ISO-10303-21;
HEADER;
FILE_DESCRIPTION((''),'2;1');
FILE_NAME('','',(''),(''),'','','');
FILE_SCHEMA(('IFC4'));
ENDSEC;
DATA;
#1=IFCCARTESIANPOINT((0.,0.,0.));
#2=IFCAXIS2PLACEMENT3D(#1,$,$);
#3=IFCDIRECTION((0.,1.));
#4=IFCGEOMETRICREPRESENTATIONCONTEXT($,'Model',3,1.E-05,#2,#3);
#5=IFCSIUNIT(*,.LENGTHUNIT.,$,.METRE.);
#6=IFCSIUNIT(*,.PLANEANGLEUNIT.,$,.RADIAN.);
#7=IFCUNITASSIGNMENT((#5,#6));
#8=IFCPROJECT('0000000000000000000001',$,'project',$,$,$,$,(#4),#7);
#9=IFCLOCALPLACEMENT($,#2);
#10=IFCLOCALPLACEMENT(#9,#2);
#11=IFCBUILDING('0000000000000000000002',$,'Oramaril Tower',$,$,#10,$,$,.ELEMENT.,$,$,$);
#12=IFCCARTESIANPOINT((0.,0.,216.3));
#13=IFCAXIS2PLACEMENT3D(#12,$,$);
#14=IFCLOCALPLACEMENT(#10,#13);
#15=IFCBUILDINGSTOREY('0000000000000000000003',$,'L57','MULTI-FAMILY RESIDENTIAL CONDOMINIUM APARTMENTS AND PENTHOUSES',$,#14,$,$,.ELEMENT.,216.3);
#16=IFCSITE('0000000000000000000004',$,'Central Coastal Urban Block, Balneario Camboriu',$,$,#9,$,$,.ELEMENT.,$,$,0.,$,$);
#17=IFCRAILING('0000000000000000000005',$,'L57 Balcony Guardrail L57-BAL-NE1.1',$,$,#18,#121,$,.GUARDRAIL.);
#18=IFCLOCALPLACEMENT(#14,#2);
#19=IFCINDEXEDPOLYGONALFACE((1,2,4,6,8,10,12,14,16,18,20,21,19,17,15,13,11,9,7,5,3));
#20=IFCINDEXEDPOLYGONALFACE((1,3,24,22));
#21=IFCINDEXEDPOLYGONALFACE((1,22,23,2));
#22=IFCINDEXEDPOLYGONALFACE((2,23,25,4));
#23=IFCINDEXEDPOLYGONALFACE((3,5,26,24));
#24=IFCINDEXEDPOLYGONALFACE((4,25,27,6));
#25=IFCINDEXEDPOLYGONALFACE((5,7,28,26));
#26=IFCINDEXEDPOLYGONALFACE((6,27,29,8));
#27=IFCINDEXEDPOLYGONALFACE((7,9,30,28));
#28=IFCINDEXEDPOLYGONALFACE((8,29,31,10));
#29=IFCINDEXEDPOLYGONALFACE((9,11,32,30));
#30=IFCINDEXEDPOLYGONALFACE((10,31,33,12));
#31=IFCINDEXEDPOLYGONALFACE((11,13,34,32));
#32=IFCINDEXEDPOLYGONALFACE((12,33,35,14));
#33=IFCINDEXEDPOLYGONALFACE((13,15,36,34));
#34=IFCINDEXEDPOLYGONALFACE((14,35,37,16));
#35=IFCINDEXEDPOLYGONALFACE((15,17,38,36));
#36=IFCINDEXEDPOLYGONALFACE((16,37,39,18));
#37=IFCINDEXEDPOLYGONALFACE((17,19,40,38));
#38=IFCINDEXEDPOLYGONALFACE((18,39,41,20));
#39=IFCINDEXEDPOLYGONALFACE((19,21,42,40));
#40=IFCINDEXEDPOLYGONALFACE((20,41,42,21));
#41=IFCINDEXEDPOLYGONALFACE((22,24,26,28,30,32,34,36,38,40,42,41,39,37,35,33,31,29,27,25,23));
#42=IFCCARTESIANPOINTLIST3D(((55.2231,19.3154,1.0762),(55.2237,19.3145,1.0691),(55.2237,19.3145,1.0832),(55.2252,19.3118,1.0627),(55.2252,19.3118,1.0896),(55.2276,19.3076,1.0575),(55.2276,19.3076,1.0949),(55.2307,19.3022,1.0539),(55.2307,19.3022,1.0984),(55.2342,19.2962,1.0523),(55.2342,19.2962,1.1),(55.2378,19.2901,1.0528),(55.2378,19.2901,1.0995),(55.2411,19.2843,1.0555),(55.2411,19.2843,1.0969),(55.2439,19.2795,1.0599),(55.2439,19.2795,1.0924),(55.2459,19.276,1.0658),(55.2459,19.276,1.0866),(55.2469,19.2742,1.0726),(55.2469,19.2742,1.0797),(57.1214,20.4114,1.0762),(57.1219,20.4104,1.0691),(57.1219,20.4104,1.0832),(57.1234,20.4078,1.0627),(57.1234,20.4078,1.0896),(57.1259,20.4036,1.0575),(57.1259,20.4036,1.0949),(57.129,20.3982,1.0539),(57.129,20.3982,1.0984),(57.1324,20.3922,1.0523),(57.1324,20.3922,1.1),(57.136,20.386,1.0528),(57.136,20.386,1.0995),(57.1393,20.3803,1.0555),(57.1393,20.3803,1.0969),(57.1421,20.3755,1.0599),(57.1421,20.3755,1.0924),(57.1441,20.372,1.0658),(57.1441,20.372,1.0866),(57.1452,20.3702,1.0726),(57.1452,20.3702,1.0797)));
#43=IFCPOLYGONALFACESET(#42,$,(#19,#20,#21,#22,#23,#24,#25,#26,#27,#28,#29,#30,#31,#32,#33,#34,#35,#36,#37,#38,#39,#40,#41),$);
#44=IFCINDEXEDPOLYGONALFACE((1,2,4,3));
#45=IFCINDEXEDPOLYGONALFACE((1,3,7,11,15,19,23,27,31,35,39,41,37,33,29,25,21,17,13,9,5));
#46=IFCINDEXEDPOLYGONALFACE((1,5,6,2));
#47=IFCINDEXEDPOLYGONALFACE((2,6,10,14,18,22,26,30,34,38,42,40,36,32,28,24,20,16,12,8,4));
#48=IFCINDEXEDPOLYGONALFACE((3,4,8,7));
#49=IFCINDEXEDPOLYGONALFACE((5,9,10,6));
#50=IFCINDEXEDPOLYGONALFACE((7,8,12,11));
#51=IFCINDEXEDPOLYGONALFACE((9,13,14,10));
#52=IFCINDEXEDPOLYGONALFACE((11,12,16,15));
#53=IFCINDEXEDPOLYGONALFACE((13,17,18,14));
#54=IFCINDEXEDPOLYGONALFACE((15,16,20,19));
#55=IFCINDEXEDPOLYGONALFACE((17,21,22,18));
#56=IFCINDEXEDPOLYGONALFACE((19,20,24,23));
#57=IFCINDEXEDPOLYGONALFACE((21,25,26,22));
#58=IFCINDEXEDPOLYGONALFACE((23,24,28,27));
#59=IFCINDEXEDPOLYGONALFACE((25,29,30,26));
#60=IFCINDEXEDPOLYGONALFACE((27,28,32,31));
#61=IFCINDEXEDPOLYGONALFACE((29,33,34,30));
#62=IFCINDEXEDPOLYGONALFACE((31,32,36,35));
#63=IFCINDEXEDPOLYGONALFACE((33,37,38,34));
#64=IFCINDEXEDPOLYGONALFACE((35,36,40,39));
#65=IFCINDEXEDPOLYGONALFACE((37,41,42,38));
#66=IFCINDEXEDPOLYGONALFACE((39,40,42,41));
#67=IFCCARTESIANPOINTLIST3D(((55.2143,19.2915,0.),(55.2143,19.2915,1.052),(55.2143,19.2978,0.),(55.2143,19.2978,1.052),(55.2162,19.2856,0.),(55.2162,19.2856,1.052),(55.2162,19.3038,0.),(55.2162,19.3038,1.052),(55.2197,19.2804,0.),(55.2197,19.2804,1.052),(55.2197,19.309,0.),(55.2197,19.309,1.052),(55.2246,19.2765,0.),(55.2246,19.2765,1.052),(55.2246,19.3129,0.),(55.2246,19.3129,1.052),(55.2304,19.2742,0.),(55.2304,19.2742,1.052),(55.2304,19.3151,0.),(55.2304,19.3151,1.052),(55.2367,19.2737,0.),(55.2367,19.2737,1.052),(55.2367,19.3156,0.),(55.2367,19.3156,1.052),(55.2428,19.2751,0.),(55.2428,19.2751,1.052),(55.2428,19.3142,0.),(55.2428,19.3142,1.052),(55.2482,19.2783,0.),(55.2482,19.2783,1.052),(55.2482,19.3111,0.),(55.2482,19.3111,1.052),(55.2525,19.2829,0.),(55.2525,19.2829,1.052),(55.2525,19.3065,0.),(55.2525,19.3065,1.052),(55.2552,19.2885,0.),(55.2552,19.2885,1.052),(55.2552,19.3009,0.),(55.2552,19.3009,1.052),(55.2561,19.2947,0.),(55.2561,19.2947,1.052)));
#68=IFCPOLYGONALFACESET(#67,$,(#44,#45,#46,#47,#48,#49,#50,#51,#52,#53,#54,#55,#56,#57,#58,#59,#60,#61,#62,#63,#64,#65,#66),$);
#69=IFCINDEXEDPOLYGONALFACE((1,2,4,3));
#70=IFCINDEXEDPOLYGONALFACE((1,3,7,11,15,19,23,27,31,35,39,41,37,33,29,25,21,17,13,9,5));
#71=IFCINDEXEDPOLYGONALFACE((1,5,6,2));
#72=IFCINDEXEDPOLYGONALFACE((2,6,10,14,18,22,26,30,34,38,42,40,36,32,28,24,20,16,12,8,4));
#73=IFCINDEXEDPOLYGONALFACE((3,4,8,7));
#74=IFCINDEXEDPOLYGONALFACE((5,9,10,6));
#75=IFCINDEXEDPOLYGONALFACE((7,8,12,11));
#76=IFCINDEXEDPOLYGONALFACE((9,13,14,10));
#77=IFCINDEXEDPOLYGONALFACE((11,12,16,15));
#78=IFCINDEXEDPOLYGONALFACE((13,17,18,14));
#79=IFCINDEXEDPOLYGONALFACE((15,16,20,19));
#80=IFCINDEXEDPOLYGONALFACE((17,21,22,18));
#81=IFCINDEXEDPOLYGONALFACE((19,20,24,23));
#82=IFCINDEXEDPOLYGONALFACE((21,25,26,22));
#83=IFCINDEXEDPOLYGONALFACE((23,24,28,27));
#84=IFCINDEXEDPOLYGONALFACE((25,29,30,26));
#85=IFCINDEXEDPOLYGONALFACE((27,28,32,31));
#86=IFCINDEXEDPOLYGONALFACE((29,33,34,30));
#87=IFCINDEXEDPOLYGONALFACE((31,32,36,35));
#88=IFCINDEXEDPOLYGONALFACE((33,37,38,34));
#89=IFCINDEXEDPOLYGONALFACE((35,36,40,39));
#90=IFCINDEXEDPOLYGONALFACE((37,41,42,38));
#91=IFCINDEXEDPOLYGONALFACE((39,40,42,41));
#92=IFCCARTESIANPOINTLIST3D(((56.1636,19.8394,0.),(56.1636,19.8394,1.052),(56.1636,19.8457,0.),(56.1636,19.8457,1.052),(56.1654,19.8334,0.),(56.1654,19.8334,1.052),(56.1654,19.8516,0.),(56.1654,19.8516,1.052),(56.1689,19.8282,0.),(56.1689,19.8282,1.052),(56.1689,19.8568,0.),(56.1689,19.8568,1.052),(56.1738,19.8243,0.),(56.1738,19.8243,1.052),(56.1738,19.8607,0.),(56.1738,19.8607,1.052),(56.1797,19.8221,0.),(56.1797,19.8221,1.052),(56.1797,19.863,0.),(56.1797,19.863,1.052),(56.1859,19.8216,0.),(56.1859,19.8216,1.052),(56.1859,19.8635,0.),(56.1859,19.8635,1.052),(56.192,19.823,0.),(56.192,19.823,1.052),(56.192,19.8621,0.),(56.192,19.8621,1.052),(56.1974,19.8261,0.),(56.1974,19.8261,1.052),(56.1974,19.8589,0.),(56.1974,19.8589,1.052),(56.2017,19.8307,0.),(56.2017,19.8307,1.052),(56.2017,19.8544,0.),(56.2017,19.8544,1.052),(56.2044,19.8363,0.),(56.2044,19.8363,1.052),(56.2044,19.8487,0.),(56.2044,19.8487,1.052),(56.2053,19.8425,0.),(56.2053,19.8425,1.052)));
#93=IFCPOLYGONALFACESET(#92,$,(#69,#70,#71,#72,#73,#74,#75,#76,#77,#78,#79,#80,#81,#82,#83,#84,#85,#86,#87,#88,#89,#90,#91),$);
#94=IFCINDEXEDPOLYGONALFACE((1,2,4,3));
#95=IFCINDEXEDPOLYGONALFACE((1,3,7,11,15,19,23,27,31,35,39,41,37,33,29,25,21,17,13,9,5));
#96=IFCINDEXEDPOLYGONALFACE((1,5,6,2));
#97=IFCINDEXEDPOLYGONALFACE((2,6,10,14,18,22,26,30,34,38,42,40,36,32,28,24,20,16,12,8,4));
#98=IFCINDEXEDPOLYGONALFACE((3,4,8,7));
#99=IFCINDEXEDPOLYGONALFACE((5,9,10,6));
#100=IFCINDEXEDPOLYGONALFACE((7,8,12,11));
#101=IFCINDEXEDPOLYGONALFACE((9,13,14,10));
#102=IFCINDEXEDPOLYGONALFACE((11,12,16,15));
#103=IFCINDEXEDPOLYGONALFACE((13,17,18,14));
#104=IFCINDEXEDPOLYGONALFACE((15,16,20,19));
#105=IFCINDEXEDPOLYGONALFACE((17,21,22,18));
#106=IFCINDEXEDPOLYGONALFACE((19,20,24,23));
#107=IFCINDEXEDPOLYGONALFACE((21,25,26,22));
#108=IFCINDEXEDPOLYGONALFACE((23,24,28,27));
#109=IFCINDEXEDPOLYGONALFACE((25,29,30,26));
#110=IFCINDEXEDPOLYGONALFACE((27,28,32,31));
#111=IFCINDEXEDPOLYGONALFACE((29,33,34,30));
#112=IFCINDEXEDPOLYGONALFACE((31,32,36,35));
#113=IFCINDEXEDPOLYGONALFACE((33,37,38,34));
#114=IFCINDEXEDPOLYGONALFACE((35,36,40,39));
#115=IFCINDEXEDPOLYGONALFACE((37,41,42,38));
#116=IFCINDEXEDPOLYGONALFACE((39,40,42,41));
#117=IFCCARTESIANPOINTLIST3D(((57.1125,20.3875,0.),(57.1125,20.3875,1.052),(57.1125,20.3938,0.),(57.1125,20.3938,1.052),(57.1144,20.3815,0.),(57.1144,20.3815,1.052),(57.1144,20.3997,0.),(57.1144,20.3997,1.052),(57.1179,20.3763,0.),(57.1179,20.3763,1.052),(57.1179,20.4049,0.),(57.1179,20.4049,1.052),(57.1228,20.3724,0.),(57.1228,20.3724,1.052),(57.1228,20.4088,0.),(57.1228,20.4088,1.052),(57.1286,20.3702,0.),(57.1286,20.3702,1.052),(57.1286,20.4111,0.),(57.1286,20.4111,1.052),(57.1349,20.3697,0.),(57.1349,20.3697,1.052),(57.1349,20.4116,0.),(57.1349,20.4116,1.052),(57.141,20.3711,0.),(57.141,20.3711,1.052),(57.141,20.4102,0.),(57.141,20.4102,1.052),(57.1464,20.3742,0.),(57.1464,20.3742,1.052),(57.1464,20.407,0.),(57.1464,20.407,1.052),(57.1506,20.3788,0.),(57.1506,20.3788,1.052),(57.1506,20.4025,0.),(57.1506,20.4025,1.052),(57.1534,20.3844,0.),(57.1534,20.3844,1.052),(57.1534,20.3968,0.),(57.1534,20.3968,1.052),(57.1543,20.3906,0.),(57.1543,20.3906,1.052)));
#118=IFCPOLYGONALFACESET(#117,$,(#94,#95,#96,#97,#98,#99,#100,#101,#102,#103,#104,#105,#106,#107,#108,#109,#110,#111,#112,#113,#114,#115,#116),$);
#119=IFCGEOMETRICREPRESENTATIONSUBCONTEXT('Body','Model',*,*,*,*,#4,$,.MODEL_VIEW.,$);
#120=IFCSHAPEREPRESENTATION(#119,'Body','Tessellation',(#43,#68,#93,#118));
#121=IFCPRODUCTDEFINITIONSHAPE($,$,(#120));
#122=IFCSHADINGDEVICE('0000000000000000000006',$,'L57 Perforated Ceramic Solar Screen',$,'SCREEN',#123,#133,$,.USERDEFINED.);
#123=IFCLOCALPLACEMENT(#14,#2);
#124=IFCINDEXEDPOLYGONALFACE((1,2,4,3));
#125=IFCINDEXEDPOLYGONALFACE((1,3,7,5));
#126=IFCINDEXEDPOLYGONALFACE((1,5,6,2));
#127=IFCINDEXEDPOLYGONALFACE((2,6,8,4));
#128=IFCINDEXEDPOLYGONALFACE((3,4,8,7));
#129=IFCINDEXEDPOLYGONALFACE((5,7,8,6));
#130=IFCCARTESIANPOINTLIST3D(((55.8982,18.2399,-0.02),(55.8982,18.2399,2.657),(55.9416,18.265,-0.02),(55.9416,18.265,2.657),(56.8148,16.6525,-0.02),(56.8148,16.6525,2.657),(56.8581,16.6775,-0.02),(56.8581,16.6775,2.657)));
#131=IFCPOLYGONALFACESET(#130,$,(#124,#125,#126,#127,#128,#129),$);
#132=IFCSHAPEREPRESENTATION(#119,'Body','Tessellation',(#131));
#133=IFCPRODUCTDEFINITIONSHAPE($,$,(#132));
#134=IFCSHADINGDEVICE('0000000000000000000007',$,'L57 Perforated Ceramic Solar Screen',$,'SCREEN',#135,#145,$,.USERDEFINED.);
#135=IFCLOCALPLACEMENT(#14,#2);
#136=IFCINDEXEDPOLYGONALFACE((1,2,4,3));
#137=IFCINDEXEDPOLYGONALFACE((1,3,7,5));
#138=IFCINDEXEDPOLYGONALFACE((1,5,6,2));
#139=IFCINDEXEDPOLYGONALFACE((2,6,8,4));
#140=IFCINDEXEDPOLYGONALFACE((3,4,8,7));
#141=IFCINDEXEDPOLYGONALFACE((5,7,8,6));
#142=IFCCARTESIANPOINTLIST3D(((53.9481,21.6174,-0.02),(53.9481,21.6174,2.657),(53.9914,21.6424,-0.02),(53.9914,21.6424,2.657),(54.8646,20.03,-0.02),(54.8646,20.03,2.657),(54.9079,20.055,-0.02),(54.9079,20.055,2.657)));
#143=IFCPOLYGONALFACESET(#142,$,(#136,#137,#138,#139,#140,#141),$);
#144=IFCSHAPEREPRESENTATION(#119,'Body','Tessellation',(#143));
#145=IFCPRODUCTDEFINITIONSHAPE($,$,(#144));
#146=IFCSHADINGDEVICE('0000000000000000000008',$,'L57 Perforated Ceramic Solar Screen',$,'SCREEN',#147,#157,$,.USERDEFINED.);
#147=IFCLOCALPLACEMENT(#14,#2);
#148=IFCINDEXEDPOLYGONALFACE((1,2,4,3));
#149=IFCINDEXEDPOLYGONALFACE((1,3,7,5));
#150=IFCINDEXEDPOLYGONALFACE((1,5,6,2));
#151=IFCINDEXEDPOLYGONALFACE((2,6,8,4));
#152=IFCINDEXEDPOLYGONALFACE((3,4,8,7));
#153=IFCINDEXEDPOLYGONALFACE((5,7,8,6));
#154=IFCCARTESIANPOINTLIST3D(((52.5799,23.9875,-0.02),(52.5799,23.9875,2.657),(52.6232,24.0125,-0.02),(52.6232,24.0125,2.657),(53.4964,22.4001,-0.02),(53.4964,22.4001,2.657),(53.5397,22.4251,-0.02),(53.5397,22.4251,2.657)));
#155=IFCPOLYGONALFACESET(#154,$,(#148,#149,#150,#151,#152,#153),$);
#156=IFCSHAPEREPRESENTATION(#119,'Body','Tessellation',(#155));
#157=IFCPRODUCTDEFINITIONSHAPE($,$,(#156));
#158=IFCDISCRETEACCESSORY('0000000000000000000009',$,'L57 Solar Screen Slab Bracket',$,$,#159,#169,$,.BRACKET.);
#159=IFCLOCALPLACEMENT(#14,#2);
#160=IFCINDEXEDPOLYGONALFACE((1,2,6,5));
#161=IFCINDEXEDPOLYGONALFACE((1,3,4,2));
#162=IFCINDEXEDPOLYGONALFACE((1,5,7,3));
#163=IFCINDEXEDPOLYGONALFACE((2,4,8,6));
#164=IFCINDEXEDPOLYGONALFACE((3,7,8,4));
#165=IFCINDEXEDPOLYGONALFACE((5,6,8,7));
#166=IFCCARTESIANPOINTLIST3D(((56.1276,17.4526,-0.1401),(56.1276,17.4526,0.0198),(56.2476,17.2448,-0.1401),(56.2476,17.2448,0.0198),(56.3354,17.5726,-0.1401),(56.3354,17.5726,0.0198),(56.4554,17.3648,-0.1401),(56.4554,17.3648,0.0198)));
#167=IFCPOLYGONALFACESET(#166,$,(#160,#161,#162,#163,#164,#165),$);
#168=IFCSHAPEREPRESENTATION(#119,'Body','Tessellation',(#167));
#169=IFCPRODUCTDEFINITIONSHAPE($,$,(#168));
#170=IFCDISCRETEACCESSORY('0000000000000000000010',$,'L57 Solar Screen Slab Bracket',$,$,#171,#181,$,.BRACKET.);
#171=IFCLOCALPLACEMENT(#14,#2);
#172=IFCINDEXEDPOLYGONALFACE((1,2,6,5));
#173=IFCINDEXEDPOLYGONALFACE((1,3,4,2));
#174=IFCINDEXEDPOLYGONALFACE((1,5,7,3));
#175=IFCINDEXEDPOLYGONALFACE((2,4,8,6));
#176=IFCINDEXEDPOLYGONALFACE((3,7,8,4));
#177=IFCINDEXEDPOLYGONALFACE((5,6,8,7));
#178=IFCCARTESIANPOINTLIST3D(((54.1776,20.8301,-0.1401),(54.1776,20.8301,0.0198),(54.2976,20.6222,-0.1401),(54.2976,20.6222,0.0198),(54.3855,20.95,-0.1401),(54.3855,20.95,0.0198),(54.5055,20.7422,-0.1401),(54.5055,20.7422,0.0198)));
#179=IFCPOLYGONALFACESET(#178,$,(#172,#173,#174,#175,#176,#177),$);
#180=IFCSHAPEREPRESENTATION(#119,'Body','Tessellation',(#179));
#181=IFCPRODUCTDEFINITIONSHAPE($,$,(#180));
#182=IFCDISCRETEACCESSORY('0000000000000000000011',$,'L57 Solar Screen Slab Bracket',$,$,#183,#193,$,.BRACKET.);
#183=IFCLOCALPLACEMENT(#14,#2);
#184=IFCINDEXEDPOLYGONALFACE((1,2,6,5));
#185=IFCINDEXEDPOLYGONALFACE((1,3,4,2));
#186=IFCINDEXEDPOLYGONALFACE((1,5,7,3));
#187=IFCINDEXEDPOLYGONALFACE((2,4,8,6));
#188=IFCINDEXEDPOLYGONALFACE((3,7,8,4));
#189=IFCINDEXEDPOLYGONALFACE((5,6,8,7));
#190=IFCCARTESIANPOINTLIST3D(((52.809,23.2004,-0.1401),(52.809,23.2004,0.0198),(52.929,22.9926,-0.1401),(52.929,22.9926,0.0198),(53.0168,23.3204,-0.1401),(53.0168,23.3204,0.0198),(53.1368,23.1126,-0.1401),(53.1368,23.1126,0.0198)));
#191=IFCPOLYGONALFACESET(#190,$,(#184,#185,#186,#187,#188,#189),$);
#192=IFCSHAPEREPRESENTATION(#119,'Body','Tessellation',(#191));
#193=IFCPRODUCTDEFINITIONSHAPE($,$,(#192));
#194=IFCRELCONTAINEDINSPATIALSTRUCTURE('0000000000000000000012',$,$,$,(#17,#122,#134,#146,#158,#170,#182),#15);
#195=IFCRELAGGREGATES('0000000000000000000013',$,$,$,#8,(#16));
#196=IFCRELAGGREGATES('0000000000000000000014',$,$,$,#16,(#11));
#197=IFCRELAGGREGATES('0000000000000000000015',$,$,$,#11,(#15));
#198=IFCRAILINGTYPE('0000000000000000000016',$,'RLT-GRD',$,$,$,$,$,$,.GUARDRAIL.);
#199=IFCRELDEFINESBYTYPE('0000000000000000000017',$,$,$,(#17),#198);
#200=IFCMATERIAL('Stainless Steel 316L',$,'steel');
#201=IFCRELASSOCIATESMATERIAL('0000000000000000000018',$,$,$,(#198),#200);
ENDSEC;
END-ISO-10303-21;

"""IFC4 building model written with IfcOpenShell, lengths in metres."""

from ifc_helpers import new_model, si_unit, direction, frame, origin, origin_2d, place, context, subcontext, project, spatial, rectangle, circle, extrude, material, type_object, element, save


model = new_model("IFC4")

# Units and contexts
model_context = context("Model", 3, precision=1e-05, world=origin(), true_north=direction((0.0, 1.0)))
body_context = subcontext(model_context, "Body", "Model", "MODEL_VIEW")
ifc_project = project(units=[si_unit("LENGTHUNIT", "METRE"), si_unit("PLANEANGLEUNIT", "RADIAN")], contexts=[model_context])

# Site, building, storey
site_placement = place(None, origin())
site = spatial("IfcSite", under=ifc_project, at=site_placement, Name="Central Coastal Urban Block, Balneario Camboriu", CompositionType="ELEMENT", RefElevation=0.0)
building_placement = place(site_placement, origin())
building = spatial("IfcBuilding", under=site, at=building_placement, Name="Oramaril Tower", CompositionType="ELEMENT")
storey_placement = place(building_placement, frame((0.0, 0.0, 216.3)))
storey = spatial("IfcBuildingStorey", under=building, at=storey_placement, Name="L57", Description="MULTI-FAMILY RESIDENTIAL CONDOMINIUM APARTMENTS AND PENTHOUSES", CompositionType="ELEMENT", Elevation=216.3)

# Railing
ifc_material_1 = material(Name="Stainless Steel 316L", Category="steel")
railing_type = type_object("IfcRailingType", Name="RLT-GRD", PredefinedType="GUARDRAIL", material=ifc_material_1)
railing_1_placement = place(storey_placement, frame((55.2351, 19.2947, 0.0)))
element("IfcRailing", 1, at=railing_1_placement, inside=storey, type_object=railing_type, Name="L57 Balcony Guardrail L57-BAL-NE1.1", PredefinedType="GUARDRAIL", context=body_context, shape_type="SweptSolid", body=[
    extrude(circle(Radius=0.0239, at=origin_2d()), frame((0.0, 0.0, 1.0762), z_axis=(0.866021, 0.500008, 0.0), x_axis=(-0.500008, 0.866021, 0.0)), (0.0, 0.0, 1.0), 2.1919),
    extrude(circle(Radius=0.021, at=origin_2d()), origin(), (0.0, 0.0, 1.0), 1.052),
    extrude(circle(Radius=0.021, at=origin_2d()), frame((0.9492, 0.5479, 0.0)), (0.0, 0.0, 1.0), 1.052),
    extrude(circle(Radius=0.021, at=origin_2d()), frame((1.8982, 1.0959, 0.0)), (0.0, 0.0, 1.0), 1.052),
])

# Shading devices
for number, where, z_axis, x_axis, name in (
    (2, (56.3782, 17.4587, -0.02), (0.0, 0.0, 1.0), (-0.500002, 0.866025, 0.0), "L57 Perforated Ceramic Solar Screen"),
    (3, (54.428, 20.8362, -0.02), (0.0, 0.0, 1.0), (-0.500002, 0.866025, 0.0), "L57 Perforated Ceramic Solar Screen"),
    (4, (53.0598, 23.2063, -0.02), (0.0, 0.0, 1.0), (-0.500002, 0.866025, 0.0), "L57 Perforated Ceramic Solar Screen"),
):
    element("IfcShadingDevice", number, at=place(storey_placement, frame(where, z_axis=z_axis, x_axis=x_axis)), inside=storey, Name=name, ObjectType="SCREEN", PredefinedType="USERDEFINED", context=body_context, shape_type="SweptSolid", body=[
        extrude(rectangle(XDim=1.833, YDim=0.05, at=origin_2d()), origin(), (0.0, 0.0, 1.0), 2.677),
    ])

# Discrete accessories
for number, where, z_axis, x_axis, name in (
    (5, (56.2915, 17.4087, -0.1401), (0.0, 0.0, 1.0), (-0.500002, 0.866025, 0.0), "L57 Solar Screen Slab Bracket"),
    (6, (54.3416, 20.7861, -0.1401), (0.0, 0.0, 1.0), (-0.500002, 0.866025, 0.0), "L57 Solar Screen Slab Bracket"),
    (7, (52.9729, 23.1565, -0.1401), (0.0, 0.0, 1.0), (-0.500002, 0.866025, 0.0), "L57 Solar Screen Slab Bracket"),
):
    element("IfcDiscreteAccessory", number, at=place(storey_placement, frame(where, z_axis=z_axis, x_axis=x_axis)), inside=storey, Name=name, PredefinedType="BRACKET", context=body_context, shape_type="SweptSolid", body=[
        extrude(rectangle(XDim=0.24, YDim=0.24, at=origin_2d()), origin(), (0.0, 0.0, 1.0), 0.1599),
    ])

save(model, "model.ifc")
